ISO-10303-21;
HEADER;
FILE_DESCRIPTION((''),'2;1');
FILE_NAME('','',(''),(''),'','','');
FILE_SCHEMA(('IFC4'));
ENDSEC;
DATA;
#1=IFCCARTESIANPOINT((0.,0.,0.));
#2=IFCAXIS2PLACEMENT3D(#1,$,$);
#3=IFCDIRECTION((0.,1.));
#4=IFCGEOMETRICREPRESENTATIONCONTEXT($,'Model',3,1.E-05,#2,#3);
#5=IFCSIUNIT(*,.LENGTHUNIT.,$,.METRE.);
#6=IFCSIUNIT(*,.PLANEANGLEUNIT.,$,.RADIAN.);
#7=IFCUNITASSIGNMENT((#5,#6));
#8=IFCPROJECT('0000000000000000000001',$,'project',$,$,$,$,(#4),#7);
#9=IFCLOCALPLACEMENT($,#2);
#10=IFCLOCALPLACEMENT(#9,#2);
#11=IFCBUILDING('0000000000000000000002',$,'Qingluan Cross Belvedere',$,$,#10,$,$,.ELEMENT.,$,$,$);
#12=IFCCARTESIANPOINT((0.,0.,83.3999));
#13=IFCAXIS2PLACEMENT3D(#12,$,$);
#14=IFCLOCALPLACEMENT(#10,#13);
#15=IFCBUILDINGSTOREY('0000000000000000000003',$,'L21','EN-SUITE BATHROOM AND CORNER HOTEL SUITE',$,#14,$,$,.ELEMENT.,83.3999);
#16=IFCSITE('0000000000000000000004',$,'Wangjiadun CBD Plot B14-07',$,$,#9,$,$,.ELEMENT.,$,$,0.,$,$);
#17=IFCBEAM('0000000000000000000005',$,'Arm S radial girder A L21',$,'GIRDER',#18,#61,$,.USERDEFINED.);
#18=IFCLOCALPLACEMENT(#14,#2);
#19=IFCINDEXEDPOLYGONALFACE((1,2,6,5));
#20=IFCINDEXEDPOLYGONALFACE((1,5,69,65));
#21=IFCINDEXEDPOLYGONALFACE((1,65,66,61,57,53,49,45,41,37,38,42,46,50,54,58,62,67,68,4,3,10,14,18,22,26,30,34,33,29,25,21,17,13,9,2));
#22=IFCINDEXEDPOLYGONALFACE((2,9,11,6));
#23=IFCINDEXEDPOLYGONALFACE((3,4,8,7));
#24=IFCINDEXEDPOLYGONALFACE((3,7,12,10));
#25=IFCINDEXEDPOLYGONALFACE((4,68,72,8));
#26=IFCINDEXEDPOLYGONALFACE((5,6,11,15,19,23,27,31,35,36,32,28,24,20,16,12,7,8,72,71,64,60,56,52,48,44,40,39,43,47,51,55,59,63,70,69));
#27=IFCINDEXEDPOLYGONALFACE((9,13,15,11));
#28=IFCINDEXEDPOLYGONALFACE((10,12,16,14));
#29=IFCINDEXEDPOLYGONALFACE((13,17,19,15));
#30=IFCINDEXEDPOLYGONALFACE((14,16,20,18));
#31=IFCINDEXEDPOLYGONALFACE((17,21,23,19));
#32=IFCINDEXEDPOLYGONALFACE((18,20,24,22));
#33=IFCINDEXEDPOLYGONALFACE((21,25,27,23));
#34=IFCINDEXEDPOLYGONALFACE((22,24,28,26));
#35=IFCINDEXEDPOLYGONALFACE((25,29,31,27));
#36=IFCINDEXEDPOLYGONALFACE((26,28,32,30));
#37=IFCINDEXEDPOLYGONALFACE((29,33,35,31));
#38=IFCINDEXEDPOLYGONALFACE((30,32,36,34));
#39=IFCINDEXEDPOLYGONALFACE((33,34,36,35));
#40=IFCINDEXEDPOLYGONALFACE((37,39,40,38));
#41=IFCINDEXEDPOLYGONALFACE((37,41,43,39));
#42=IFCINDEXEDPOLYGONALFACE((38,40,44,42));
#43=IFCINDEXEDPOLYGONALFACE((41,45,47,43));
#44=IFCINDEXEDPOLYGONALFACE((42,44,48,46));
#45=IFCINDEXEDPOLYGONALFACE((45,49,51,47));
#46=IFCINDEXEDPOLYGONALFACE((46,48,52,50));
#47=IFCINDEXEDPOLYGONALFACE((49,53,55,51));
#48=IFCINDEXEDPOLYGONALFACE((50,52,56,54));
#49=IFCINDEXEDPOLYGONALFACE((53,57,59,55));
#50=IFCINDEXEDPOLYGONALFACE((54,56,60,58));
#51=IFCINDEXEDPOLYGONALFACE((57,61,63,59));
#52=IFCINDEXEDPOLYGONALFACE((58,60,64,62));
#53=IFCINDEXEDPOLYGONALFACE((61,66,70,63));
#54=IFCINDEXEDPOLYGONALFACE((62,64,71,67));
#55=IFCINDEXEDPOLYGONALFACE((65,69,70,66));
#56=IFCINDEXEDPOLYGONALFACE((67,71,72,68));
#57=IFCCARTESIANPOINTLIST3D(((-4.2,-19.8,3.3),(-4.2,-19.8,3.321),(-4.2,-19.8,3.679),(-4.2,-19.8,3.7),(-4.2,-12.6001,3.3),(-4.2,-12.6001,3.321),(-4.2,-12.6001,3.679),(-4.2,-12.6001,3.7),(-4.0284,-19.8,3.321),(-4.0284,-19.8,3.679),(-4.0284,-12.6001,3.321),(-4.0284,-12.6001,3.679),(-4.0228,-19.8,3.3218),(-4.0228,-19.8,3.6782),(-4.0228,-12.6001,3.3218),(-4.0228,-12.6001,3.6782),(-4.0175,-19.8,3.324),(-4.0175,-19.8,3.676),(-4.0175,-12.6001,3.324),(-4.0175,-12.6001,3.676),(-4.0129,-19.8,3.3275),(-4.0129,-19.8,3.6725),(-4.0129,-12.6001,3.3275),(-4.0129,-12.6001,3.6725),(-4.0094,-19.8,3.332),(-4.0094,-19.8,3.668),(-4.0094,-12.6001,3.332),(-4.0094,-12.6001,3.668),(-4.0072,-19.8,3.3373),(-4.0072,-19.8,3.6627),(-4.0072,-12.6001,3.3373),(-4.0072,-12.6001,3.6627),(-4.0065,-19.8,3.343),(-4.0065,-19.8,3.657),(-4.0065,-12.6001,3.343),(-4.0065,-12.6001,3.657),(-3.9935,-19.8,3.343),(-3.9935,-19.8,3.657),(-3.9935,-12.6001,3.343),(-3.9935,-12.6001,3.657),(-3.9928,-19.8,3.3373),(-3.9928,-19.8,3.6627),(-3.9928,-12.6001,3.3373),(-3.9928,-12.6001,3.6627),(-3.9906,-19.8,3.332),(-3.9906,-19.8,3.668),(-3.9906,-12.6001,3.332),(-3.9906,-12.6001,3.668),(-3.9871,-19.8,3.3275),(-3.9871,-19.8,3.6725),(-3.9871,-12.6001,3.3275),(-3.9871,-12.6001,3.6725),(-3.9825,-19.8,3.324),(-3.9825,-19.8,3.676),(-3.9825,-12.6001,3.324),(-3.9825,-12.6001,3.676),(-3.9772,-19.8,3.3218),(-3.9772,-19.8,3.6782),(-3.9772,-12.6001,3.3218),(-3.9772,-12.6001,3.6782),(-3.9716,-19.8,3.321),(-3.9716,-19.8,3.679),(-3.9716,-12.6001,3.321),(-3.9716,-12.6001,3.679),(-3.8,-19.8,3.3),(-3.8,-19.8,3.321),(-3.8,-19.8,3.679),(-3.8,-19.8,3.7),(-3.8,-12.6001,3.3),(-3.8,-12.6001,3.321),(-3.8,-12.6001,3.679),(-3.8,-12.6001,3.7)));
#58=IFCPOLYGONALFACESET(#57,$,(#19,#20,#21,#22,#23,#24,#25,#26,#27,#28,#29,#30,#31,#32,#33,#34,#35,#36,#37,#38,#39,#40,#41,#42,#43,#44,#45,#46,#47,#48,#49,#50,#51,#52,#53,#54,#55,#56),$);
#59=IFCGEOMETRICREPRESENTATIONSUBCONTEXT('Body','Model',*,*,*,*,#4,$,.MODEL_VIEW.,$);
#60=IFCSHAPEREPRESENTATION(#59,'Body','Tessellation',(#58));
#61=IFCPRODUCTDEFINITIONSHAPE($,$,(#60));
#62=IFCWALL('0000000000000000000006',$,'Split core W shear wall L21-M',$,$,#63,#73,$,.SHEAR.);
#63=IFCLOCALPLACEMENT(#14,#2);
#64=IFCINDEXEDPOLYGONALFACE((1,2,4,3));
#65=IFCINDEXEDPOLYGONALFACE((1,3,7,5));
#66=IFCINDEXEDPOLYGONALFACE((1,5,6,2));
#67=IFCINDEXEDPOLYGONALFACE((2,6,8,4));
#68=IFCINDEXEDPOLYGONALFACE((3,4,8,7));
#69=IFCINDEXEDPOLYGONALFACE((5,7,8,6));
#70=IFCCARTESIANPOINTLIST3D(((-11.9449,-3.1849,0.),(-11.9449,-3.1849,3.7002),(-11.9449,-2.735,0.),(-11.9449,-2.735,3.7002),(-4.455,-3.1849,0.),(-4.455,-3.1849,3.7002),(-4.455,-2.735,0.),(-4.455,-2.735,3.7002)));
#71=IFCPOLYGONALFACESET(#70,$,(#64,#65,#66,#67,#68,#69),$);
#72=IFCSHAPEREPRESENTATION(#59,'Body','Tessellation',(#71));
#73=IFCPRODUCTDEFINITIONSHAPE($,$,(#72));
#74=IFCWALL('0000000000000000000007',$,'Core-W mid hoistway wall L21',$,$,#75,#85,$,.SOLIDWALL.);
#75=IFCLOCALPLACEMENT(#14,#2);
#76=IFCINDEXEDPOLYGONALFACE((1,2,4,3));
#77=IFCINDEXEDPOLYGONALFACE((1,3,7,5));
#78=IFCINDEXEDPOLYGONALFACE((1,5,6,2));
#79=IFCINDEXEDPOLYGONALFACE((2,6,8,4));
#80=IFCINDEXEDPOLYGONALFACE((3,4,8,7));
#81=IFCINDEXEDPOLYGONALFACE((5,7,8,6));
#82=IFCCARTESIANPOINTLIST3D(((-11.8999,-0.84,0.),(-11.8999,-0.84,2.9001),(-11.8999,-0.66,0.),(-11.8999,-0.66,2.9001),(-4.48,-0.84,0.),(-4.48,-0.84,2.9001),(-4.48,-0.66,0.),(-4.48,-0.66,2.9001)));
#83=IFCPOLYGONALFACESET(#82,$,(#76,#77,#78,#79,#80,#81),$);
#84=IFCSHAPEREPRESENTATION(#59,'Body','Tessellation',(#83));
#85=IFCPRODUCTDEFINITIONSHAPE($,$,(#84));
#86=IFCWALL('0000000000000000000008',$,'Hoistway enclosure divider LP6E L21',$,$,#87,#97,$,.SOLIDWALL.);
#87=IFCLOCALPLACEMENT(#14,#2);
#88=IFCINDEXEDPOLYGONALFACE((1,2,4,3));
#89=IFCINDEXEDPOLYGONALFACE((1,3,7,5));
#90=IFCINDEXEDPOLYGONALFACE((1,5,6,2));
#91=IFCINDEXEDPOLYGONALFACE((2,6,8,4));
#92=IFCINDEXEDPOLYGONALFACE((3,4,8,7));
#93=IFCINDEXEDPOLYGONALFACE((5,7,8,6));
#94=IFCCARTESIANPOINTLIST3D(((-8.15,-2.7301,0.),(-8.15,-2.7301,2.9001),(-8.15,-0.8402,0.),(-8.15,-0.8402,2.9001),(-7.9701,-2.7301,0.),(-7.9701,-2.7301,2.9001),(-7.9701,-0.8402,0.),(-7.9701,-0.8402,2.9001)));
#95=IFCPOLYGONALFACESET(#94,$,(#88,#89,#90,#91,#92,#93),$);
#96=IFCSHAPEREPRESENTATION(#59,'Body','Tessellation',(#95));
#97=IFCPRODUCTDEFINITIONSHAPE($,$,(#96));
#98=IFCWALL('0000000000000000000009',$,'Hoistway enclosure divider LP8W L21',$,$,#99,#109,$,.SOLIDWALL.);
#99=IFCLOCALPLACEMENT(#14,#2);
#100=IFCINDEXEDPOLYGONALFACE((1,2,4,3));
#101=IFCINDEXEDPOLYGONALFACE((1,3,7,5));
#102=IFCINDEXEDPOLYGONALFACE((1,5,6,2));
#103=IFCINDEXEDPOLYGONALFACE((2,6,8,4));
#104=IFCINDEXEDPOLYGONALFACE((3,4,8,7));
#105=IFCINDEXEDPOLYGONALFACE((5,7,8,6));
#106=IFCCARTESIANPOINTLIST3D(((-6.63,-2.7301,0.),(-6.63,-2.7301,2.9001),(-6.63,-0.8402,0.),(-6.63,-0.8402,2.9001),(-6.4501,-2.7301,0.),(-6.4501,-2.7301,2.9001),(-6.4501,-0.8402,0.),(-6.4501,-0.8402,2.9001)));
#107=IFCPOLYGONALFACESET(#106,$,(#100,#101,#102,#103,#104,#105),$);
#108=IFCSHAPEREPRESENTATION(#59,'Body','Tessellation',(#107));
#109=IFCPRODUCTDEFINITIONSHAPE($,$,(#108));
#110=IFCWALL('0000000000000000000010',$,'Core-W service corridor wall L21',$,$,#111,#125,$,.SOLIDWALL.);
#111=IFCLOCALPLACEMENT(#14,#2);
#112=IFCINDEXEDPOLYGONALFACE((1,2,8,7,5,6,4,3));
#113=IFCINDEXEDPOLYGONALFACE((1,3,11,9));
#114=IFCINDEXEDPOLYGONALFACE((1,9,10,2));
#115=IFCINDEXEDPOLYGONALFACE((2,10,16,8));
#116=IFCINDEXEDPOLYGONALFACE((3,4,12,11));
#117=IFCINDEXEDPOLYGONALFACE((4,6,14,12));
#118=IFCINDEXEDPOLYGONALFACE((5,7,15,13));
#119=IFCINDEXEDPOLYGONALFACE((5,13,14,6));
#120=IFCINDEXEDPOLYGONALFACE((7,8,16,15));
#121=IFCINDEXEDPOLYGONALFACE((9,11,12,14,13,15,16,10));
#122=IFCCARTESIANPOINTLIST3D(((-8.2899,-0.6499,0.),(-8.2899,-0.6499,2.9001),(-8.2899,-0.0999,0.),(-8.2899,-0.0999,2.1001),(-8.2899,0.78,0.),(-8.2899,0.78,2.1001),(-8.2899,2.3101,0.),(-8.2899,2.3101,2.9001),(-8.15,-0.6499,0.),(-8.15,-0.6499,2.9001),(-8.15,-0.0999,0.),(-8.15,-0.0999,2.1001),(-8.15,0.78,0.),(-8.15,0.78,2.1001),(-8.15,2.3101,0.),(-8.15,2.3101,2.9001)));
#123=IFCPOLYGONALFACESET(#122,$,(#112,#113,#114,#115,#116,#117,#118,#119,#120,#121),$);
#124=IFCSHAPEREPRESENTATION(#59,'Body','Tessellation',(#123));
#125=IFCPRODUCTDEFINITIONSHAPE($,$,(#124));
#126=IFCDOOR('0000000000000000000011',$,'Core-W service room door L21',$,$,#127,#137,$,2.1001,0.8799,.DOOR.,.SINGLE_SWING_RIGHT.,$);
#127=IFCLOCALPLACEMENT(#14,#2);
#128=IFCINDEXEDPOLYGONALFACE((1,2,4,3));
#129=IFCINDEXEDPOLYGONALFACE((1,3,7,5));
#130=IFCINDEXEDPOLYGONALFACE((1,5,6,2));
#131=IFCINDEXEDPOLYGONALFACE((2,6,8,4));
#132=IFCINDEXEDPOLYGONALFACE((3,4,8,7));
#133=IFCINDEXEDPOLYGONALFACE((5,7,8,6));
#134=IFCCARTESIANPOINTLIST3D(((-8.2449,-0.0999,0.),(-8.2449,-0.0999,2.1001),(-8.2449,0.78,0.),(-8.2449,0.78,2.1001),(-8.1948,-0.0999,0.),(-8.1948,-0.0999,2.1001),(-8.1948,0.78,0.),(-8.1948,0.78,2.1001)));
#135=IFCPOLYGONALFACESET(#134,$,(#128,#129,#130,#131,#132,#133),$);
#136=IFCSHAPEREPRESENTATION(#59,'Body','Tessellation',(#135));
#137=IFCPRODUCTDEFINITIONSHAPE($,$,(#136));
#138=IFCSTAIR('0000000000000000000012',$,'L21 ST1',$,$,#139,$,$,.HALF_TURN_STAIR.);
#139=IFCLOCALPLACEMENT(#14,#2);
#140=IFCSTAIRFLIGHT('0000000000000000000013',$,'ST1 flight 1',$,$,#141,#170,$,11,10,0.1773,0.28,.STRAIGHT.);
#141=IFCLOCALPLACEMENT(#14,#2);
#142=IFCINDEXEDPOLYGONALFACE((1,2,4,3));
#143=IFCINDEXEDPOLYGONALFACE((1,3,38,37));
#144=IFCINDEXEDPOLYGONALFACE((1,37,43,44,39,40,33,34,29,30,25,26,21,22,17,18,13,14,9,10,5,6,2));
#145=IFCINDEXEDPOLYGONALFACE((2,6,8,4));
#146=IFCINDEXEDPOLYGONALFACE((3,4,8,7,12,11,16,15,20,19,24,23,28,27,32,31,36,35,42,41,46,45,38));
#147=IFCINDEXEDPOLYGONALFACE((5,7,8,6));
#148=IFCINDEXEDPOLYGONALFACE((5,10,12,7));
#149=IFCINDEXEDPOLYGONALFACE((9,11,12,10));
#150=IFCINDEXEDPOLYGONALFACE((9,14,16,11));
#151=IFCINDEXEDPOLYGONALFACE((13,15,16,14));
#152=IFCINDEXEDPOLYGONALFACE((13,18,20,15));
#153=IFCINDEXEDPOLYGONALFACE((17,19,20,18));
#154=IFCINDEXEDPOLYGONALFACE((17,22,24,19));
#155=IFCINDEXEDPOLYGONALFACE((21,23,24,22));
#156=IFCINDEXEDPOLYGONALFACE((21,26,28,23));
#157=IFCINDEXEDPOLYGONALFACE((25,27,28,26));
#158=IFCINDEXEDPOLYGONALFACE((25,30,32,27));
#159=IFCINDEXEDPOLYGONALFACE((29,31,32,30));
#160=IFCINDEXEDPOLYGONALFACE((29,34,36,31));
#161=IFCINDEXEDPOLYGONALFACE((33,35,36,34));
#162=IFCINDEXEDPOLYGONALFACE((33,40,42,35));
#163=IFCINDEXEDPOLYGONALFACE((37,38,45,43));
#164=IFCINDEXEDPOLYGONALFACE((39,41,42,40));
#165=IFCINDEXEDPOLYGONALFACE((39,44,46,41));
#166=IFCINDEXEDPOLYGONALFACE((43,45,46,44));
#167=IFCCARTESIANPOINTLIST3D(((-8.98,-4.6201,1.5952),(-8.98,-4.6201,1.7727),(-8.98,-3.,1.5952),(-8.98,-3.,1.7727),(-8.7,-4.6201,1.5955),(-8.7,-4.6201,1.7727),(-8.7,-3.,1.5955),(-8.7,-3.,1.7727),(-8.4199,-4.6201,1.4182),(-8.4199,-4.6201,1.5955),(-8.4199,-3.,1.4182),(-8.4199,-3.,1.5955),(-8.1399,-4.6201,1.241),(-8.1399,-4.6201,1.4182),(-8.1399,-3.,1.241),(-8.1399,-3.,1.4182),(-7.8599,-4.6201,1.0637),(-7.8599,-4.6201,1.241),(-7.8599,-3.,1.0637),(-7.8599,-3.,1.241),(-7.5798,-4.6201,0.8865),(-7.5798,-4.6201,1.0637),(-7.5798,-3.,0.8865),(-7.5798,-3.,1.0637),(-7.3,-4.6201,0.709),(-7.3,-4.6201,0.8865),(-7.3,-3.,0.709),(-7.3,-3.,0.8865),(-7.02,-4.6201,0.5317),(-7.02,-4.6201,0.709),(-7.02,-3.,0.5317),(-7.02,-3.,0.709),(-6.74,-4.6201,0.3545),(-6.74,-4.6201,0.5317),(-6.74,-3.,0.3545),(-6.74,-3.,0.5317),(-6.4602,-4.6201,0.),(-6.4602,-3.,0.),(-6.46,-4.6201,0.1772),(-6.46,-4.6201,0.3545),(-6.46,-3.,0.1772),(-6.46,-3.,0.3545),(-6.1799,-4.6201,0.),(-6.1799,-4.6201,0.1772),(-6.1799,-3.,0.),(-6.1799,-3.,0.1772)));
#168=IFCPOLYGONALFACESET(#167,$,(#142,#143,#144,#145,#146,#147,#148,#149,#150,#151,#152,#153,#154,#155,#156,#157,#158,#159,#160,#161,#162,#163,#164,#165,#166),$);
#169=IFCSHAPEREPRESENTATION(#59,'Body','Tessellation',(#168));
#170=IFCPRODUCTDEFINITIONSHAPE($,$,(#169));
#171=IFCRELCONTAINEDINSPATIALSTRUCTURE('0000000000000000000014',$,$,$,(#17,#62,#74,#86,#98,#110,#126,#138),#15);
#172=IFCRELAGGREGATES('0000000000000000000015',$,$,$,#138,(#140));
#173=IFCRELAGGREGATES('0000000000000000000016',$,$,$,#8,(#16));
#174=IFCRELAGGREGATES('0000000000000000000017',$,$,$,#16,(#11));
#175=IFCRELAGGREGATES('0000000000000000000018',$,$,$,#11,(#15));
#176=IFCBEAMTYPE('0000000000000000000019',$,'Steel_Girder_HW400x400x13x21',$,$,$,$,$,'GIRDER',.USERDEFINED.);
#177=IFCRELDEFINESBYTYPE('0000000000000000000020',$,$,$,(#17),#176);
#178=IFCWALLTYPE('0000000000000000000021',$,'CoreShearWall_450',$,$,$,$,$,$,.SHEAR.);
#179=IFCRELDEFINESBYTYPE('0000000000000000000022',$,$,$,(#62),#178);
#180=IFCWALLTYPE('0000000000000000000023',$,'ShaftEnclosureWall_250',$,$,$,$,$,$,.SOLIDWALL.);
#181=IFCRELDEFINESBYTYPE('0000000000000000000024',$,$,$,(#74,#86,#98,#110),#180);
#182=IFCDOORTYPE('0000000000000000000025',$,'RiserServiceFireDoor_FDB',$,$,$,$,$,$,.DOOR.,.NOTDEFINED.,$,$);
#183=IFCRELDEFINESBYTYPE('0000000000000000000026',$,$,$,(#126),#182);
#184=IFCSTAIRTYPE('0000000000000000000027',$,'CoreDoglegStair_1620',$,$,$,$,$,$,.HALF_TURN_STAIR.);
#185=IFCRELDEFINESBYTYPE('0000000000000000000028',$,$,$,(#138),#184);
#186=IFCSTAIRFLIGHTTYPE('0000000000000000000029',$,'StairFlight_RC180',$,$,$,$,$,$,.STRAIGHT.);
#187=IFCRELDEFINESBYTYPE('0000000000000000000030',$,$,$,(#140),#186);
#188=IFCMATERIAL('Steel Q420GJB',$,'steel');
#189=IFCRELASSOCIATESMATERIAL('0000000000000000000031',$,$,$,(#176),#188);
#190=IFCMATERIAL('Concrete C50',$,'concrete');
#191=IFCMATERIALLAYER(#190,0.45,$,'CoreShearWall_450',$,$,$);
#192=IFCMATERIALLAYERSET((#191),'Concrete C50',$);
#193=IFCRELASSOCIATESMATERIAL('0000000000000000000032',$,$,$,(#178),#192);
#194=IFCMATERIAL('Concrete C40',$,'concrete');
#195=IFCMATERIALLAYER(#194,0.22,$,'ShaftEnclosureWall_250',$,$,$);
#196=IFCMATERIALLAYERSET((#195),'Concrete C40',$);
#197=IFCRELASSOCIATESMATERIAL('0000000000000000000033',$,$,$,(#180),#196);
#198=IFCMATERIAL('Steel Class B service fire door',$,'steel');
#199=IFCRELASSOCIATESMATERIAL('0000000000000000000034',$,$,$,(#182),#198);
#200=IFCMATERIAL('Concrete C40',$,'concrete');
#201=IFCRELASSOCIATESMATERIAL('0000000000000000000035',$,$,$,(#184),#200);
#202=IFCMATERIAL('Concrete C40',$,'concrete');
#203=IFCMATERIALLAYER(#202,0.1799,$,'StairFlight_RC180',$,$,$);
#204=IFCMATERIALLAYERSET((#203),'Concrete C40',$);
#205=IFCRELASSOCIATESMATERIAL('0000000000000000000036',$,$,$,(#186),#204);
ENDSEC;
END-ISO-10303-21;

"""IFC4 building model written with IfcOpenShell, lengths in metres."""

from ifc_helpers import new_model, si_unit, direction, frame, frame_2d, origin, origin_2d, place, context, subcontext, project, spatial, polyline, rectangle, i_section, outline, extrude, material, layer, layer_set, material_profile, profile_set, type_object, element, fill, aggregate, save


model = new_model("IFC4")

# Units and contexts
model_context = context("Model", 3, precision=1e-05, world=origin(), true_north=direction((0.0, 1.0)))
body_context = subcontext(model_context, "Body", "Model", "MODEL_VIEW")
ifc_project = project(units=[si_unit("LENGTHUNIT", "METRE"), si_unit("PLANEANGLEUNIT", "RADIAN")], contexts=[model_context])

# Site, building, storey
site_placement = place(None, origin())
site = spatial("IfcSite", under=ifc_project, at=site_placement, Name="Wangjiadun CBD Plot B14-07", CompositionType="ELEMENT", RefElevation=0.0)
building_placement = place(site_placement, origin())
building = spatial("IfcBuilding", under=site, at=building_placement, Name="Qingluan Cross Belvedere", CompositionType="ELEMENT")
storey_placement = place(building_placement, frame((0.0, 0.0, 83.3999)))
storey = spatial("IfcBuildingStorey", under=building, at=storey_placement, Name="L21", Description="EN-SUITE BATHROOM AND CORNER HOTEL SUITE", CompositionType="ELEMENT", Elevation=83.3999)

# Beam
ifc_material_1 = material(Name="Steel Q420GJB", Category="steel")
ifc_material_profile_1 = material_profile(ifc_material_1, i_section(OverallWidth=0.3999, OverallDepth=0.3999, WebThickness=0.0129, FlangeThickness=0.021, FilletRadius=0.022, at=origin_2d()), Name="HW400x400x13x21")
ifc_profile_set_1 = profile_set([ifc_material_profile_1], Name="Steel Q420GJB")
beam_type_1 = type_object("IfcBeamType", Name="Steel_Girder_HW400x400x13x21", ElementType="GIRDER", PredefinedType="USERDEFINED", material=ifc_profile_set_1)
beam_1_placement = place(storey_placement, frame((-4.0, -12.6001, 3.5), z_axis=(0.0, -1.0, 0.0), x_axis=(1.0, 0.0, 0.0)))
element("IfcBeam", 1, at=beam_1_placement, inside=storey, type_object=beam_type_1, Name="Arm S radial girder A L21", ObjectType="GIRDER", PredefinedType="USERDEFINED", context=body_context, shape_type="SweptSolid", body=[
    extrude(i_section(OverallWidth=0.3999, OverallDepth=0.3999, WebThickness=0.0129, FlangeThickness=0.021, FilletRadius=0.022, at=origin_2d()), origin(), (0.0, 0.0, 1.0), 7.2),
])

# Wall
ifc_material_2 = material(Name="Concrete C50", Category="concrete")
ifc_layer_1 = layer(ifc_material_2, 0.45, Name="CoreShearWall_450")
ifc_layer_set_1 = layer_set([ifc_layer_1], Name="Concrete C50")
wall_type_1 = type_object("IfcWallType", Name="CoreShearWall_450", PredefinedType="SHEAR", material=ifc_layer_set_1)
wall_1_placement = place(storey_placement, frame((-11.9451, -2.96, 0.0), z_axis=(0.0, 0.0, 1.0), x_axis=(1.0, 0.0, 0.0)))
element("IfcWall", 2, at=wall_1_placement, inside=storey, type_object=wall_type_1, Name="Split core W shear wall L21-M", PredefinedType="SHEAR", context=body_context, shape_type="SweptSolid", body=[
    extrude(rectangle(XDim=7.49, YDim=0.45, at=frame_2d((3.7451, 0.0))), origin(), (0.0, 0.0, 1.0), 3.7002),
])

# Walls
ifc_material_3 = material(Name="Concrete C40", Category="concrete")
ifc_layer_2 = layer(ifc_material_3, 0.22, Name="ShaftEnclosureWall_250")
ifc_layer_set_2 = layer_set([ifc_layer_2], Name="Concrete C40")
wall_type_2 = type_object("IfcWallType", Name="ShaftEnclosureWall_250", PredefinedType="SOLIDWALL", material=ifc_layer_set_2)
wall_2_placement = place(storey_placement, frame((-11.8999, -0.75, 0.0), z_axis=(0.0, 0.0, 1.0), x_axis=(1.0, 0.0, 0.0)))
element("IfcWall", 3, at=wall_2_placement, inside=storey, type_object=wall_type_2, Name="Core-W mid hoistway wall L21", PredefinedType="SOLIDWALL", context=body_context, shape_type="SweptSolid", body=[
    extrude(rectangle(XDim=7.4199, YDim=0.1799, at=frame_2d((3.71, 0.0))), origin(), (0.0, 0.0, 1.0), 2.9001),
])
for number, where, z_axis, x_axis, name in (
    (4, (-8.0601, -2.73, 0.0), (0.0, 0.0, 1.0), (0.0, 1.0, 0.0), "Hoistway enclosure divider LP6E L21"),
    (5, (-6.54, -2.73, 0.0), (0.0, 0.0, 1.0), (0.0, 1.0, 0.0), "Hoistway enclosure divider LP8W L21"),
):
    element("IfcWall", number, at=place(storey_placement, frame(where, z_axis=z_axis, x_axis=x_axis)), inside=storey, type_object=wall_type_2, Name=name, PredefinedType="SOLIDWALL", context=body_context, shape_type="SweptSolid", body=[
        extrude(rectangle(XDim=1.8899, YDim=0.1799, at=frame_2d((0.9448, 0.0))), origin(), (0.0, 0.0, 1.0), 2.9001),
    ])

# Wall, opening, door
wall_3_placement = place(storey_placement, frame((-8.22, -0.6499, 0.0), z_axis=(0.0, 0.0, 1.0), x_axis=(0.0, 1.0, 0.0)))
wall_3 = element("IfcWall", 6, at=wall_3_placement, inside=storey, type_object=wall_type_2, Name="Core-W service corridor wall L21", PredefinedType="SOLIDWALL", context=body_context, shape_type="SweptSolid", body=[
    extrude(rectangle(XDim=2.96, YDim=0.1399, at=frame_2d((1.48, 0.0))), origin(), (0.0, 0.0, 1.0), 2.9001),
])
opening_1_placement = place(wall_3_placement, frame((0.55, 0.0, 0.0)))
opening_1 = element("IfcOpeningElement", 7, at=opening_1_placement, cuts=wall_3, PredefinedType="OPENING", context=body_context, shape_type="SweptSolid", body=[
    extrude(rectangle(XDim=0.8799, YDim=2.1001, at=frame_2d((0.4399, 1.05))), frame((0.0, 0.0798, 0.0), z_axis=(0.0, -1.0, 0.0), x_axis=(1.0, 0.0, 0.0)), (0.0, 0.0, 1.0), 0.1599),
])
ifc_material_4 = material(Name="Steel Class B service fire door", Category="steel")
door_type_1 = type_object("IfcDoorType", Name="RiserServiceFireDoor_FDB", OperationType="NOTDEFINED", PredefinedType="DOOR", material=ifc_material_4)
door_1_placement = place(opening_1_placement, origin())
door_1 = element("IfcDoor", 8, at=door_1_placement, inside=storey, type_object=door_type_1, Name="Core-W service room door L21", OperationType="SINGLE_SWING_RIGHT", OverallHeight=2.1001, OverallWidth=0.8799, PredefinedType="DOOR", context=body_context, shape_type="SweptSolid", body=[
    extrude(rectangle(XDim=0.8799, YDim=2.1001, at=frame_2d((0.4399, 1.05))), frame((0.0, 0.0249, 0.0), z_axis=(0.0, -1.0, 0.0), x_axis=(1.0, 0.0, 0.0)), (0.0, 0.0, 1.0), 0.05),
])
fill(opening_1, door_1)

# Stair, stair flight
ifc_material_5 = material(Name="Concrete C40", Category="concrete")
stair_type = type_object("IfcStairType", Name="CoreDoglegStair_1620", PredefinedType="HALF_TURN_STAIR", material=ifc_material_5)
stair_placement = place(storey_placement, origin())
stair = element("IfcStair", 9, at=stair_placement, inside=storey, type_object=stair_type, Name="L21 ST1", PredefinedType="HALF_TURN_STAIR")
ifc_material_6 = material(Name="Concrete C40", Category="concrete")
ifc_layer_3 = layer(ifc_material_6, 0.1799, Name="StairFlight_RC180")
ifc_layer_set_3 = layer_set([ifc_layer_3], Name="Concrete C40")
stair_flight_type = type_object("IfcStairFlightType", Name="StairFlight_RC180", PredefinedType="STRAIGHT", material=ifc_layer_set_3)
stair_flight_1_placement = place(storey_placement, frame((-6.1799, -3.8101, 0.0), z_axis=(0.0, 0.0, 1.0), x_axis=(-1.0, 0.0, 0.0)))
stair_flight_1 = element("IfcStairFlight", 10, at=stair_flight_1_placement, type_object=stair_flight_type, Name="ST1 flight 1", NumberOfRisers=11, NumberOfTreads=10, PredefinedType="STRAIGHT", RiserHeight=0.1773, TreadLength=0.28, context=body_context, shape_type="SweptSolid", body=[
    extrude(outline(polyline([(0.0, 0.0), (0.0, 0.1772), (0.28, 0.1772), (0.28, 0.3545), (0.5601, 0.3545), (0.5601, 0.5317), (0.8401, 0.5317), (0.8401, 0.709), (1.1201, 0.709), (1.1201, 0.8865), (1.3999, 0.8865), (1.3999, 1.0637), (1.6799, 1.0637), (1.6799, 1.241), (1.96, 1.241), (1.96, 1.4182), (2.24, 1.4182), (2.24, 1.5955), (2.52, 1.5955), (2.52, 1.7727), (2.8, 1.7727), (2.8, 1.95), (2.8, 1.5952), (0.2803, 0.0), (0.0, 0.0)])), frame((0.0, 0.8101, 0.0), z_axis=(0.0, -1.0, 0.0), x_axis=(1.0, 0.0, 0.0)), (0.0, 0.0, 1.0), 1.6201),
])
aggregate(stair, [stair_flight_1])

save(model, "model.ifc")
